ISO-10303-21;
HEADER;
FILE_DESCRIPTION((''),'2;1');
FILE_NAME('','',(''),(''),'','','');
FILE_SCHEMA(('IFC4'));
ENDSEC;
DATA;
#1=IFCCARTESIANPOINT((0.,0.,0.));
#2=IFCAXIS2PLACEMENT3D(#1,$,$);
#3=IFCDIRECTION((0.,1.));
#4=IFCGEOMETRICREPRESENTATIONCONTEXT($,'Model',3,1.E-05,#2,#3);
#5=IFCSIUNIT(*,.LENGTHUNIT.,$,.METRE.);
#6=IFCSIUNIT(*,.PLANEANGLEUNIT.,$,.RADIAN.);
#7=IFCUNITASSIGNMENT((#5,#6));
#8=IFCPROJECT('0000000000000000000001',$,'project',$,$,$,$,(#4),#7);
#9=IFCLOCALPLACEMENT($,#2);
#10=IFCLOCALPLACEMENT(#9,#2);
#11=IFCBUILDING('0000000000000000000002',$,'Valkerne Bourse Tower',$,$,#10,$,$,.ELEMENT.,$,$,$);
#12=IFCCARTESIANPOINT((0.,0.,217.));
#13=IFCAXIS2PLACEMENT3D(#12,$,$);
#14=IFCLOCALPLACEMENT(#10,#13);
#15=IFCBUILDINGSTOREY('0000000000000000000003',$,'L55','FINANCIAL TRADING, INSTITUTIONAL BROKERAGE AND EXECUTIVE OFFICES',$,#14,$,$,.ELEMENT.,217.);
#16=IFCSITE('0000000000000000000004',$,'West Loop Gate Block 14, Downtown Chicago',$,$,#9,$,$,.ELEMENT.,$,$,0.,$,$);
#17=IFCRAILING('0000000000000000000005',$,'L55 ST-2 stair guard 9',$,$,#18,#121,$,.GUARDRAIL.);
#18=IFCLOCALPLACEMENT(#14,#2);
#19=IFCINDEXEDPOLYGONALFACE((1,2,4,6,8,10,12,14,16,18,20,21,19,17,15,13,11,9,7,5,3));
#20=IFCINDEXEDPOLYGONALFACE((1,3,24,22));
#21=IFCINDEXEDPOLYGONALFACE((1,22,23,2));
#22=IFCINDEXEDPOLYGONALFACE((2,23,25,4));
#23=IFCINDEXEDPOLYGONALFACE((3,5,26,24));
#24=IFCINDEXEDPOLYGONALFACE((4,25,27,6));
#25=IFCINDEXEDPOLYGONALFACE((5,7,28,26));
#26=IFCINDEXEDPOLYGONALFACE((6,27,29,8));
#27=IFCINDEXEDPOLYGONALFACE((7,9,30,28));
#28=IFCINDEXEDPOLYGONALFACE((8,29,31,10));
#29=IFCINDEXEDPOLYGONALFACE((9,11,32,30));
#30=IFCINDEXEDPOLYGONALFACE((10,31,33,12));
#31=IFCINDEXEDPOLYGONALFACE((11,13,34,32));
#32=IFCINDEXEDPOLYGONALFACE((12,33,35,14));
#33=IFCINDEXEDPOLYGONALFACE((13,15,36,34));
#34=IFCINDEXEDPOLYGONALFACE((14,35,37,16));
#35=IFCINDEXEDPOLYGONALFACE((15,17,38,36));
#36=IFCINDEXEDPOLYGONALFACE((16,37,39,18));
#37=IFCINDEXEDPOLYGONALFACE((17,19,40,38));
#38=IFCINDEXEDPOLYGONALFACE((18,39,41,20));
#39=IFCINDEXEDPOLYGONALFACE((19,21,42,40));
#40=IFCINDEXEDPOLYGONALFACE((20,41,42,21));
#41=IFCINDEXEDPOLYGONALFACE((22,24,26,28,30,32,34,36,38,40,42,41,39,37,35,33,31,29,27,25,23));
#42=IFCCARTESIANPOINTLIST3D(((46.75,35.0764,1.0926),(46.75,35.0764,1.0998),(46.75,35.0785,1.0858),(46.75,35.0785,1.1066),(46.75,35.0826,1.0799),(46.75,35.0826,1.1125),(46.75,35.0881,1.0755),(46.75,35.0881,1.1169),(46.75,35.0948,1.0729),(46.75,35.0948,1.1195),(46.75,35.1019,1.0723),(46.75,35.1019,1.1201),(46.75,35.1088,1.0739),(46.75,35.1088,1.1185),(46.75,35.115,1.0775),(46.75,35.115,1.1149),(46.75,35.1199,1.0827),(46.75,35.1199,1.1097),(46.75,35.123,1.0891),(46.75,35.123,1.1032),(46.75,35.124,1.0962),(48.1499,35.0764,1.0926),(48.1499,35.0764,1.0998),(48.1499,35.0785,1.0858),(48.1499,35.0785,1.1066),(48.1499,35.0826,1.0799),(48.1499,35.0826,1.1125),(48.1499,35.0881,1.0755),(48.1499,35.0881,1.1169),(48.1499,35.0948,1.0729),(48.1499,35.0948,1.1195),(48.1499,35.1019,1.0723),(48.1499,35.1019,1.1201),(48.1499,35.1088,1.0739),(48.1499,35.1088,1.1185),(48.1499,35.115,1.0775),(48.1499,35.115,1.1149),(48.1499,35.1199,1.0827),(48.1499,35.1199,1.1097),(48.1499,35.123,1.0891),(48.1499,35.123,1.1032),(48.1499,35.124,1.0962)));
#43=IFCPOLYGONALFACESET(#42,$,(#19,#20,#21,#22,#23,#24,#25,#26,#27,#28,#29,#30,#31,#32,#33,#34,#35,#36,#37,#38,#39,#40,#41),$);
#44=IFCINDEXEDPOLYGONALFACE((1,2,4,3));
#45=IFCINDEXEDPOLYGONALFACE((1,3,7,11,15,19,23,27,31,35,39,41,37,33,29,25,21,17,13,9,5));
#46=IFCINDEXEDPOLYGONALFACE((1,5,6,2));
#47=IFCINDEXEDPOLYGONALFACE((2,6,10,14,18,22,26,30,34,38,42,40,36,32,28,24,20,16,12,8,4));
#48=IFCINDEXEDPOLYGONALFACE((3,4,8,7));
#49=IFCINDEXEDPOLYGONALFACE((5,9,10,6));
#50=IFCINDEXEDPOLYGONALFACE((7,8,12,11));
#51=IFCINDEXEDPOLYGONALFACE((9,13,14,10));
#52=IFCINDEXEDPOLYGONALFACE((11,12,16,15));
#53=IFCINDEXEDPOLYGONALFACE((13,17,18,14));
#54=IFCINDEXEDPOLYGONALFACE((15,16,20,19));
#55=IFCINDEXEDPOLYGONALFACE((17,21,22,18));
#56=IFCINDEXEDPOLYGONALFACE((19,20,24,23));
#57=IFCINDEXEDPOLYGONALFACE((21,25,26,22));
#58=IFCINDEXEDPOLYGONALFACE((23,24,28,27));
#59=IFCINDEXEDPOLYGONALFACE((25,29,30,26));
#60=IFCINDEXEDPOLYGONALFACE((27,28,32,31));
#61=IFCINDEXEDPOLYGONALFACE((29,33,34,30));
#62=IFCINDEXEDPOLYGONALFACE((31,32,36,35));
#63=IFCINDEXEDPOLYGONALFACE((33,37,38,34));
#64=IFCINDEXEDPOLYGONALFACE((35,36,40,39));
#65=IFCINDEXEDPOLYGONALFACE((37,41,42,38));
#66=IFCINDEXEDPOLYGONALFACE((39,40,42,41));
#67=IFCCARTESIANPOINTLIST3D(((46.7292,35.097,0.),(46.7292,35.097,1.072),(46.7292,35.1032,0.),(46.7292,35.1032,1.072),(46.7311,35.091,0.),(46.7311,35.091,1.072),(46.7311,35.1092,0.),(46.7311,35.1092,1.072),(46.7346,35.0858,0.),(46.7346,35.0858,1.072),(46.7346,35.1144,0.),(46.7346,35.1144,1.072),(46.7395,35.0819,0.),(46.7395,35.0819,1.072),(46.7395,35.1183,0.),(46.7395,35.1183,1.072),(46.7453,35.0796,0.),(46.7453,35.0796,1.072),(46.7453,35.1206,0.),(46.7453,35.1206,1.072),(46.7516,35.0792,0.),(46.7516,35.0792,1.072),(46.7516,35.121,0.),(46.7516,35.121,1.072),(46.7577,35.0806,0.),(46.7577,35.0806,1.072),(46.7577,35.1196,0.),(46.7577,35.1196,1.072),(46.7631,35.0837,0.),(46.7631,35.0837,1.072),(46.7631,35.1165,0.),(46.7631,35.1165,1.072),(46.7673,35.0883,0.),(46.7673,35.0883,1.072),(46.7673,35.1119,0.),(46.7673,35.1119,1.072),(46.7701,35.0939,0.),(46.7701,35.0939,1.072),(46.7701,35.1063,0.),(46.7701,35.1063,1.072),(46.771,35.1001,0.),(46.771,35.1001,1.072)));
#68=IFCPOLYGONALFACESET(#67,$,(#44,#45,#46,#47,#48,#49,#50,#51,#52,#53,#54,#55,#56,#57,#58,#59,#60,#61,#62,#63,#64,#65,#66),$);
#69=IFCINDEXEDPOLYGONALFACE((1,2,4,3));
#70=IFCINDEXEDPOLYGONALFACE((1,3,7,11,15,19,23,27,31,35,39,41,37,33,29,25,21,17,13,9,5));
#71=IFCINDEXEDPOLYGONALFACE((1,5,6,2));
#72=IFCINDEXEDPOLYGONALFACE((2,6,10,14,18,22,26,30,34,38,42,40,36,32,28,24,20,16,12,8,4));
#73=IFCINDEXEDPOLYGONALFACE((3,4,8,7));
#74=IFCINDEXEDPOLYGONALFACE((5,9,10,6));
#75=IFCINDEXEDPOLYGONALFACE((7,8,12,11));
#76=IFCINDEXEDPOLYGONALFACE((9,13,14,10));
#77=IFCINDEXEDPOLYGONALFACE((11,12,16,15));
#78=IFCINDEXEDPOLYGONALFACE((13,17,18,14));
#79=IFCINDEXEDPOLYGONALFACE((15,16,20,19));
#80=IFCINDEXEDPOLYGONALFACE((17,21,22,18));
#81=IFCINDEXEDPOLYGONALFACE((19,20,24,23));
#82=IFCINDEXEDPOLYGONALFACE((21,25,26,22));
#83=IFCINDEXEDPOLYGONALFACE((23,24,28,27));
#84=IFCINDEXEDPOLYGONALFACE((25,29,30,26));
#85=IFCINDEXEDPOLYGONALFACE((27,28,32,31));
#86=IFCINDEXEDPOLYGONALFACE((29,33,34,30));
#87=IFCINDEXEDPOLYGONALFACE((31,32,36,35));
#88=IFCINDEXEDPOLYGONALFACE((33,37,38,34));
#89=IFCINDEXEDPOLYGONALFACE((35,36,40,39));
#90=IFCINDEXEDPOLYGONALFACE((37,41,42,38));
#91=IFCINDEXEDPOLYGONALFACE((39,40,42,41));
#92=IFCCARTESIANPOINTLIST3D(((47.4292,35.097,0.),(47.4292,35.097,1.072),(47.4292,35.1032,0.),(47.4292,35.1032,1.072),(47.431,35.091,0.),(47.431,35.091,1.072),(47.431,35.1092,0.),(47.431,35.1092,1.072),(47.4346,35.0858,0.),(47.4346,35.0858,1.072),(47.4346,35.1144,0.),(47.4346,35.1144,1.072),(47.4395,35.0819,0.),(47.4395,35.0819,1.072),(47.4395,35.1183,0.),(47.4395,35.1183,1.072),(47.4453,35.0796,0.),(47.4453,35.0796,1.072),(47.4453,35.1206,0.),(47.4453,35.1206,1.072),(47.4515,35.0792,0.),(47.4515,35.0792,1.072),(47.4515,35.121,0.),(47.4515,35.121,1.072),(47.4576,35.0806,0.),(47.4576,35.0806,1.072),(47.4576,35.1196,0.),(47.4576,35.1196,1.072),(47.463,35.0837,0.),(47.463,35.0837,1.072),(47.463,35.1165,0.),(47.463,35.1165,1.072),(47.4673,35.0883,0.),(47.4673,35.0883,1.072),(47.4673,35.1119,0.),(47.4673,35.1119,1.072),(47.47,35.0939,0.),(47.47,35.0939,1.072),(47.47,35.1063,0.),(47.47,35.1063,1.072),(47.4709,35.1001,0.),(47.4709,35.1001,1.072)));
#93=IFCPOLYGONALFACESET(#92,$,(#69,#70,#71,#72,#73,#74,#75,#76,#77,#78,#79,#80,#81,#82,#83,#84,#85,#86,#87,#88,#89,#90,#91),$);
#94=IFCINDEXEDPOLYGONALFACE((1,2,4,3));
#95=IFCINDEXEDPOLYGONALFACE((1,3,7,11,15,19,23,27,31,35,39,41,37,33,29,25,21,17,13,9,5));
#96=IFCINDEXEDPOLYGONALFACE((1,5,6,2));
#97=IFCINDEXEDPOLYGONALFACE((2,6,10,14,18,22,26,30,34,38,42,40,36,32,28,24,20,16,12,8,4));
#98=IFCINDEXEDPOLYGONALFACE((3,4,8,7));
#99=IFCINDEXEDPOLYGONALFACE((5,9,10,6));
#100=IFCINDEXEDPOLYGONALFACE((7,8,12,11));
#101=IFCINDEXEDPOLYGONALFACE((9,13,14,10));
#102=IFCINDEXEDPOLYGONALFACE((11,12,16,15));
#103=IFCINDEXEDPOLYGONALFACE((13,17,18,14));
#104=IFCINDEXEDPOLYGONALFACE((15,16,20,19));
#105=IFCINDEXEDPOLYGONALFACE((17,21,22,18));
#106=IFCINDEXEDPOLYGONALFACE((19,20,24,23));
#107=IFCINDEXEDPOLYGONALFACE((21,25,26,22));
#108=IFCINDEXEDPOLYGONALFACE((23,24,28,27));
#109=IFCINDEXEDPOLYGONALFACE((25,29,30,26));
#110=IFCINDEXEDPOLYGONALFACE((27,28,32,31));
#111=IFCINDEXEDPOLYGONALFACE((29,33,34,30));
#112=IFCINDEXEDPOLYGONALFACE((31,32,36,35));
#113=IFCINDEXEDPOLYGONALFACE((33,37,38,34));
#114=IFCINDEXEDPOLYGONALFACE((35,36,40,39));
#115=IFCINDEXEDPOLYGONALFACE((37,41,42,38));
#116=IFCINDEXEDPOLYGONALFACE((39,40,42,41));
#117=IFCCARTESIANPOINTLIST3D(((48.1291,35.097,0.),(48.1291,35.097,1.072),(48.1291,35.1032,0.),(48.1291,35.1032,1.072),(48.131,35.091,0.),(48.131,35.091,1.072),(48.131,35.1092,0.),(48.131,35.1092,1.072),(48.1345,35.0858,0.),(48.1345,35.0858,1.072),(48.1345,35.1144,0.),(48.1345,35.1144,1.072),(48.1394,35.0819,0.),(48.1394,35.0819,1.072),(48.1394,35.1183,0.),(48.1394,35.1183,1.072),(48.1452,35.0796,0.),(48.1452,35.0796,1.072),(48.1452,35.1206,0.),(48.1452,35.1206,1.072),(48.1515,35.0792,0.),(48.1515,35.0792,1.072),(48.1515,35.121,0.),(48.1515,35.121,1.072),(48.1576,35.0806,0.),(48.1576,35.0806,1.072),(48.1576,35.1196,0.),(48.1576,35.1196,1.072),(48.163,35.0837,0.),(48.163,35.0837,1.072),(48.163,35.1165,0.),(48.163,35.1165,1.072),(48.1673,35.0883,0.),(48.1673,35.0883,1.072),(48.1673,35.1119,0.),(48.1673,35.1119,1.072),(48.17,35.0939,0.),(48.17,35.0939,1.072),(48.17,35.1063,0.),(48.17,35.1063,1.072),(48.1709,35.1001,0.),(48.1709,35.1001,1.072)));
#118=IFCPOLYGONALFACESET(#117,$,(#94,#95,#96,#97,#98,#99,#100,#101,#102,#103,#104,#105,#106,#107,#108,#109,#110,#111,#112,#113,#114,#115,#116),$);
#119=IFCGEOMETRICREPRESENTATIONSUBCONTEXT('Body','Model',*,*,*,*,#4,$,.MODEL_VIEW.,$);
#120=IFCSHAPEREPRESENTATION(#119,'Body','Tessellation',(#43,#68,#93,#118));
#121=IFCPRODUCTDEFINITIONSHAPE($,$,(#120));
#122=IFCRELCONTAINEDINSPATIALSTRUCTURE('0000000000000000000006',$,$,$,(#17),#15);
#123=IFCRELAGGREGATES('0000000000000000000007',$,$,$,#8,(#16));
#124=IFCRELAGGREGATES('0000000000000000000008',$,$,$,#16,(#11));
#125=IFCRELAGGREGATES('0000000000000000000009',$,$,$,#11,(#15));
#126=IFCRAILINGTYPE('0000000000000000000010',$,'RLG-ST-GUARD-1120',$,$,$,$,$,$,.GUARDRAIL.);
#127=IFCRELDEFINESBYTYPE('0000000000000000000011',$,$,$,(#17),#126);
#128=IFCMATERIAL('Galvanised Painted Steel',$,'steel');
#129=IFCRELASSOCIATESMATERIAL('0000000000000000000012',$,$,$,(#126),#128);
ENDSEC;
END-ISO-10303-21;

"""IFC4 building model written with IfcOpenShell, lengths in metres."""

from ifc_helpers import new_model, si_unit, direction, frame, origin, origin_2d, place, context, subcontext, project, spatial, circle, extrude, material, type_object, element, save


model = new_model("IFC4")

# Units and contexts
model_context = context("Model", 3, precision=1e-05, world=origin(), true_north=direction((0.0, 1.0)))
body_context = subcontext(model_context, "Body", "Model", "MODEL_VIEW")
ifc_project = project(units=[si_unit("LENGTHUNIT", "METRE"), si_unit("PLANEANGLEUNIT", "RADIAN")], contexts=[model_context])

# Site, building, storey
site_placement = place(None, origin())
site = spatial("IfcSite", under=ifc_project, at=site_placement, Name="West Loop Gate Block 14, Downtown Chicago", CompositionType="ELEMENT", RefElevation=0.0)
building_placement = place(site_placement, origin())
building = spatial("IfcBuilding", under=site, at=building_placement, Name="Valkerne Bourse Tower", CompositionType="ELEMENT")
storey_placement = place(building_placement, frame((0.0, 0.0, 217.0)))
storey = spatial("IfcBuildingStorey", under=building, at=storey_placement, Name="L55", Description="FINANCIAL TRADING, INSTITUTIONAL BROKERAGE AND EXECUTIVE OFFICES", CompositionType="ELEMENT", Elevation=217.0)

# Shared definitions
ifc_material_1 = material(Name="Galvanised Painted Steel", Category="steel")

# Railing
railing_type_1 = type_object("IfcRailingType", Name="RLG-ST-GUARD-1120", PredefinedType="GUARDRAIL", material=ifc_material_1)
for number, where, name in (
    (1, (46.75, 35.1001, 0.0), "L55 ST-2 stair guard 9"),
):
    element("IfcRailing", number, at=place(storey_placement, frame(where)), inside=storey, type_object=railing_type_1, Name=name, PredefinedType="GUARDRAIL", context=body_context, shape_type="SweptSolid", body=[
        extrude(circle(Radius=0.0239, at=origin_2d()), frame((0.0, 0.0, 1.0962), z_axis=(1.0, 0.0, 0.0), x_axis=(0.0, 1.0, 0.0)), (0.0, 0.0, 1.0), 1.3999),
        extrude(circle(Radius=0.021, at=origin_2d()), origin(), (0.0, 0.0, 1.0), 1.072),
        extrude(circle(Radius=0.021, at=origin_2d()), frame((0.7, 0.0, 0.0)), (0.0, 0.0, 1.0), 1.072),
        extrude(circle(Radius=0.021, at=origin_2d()), frame((1.3999, 0.0, 0.0)), (0.0, 0.0, 1.0), 1.072),
    ])

save(model, "model.ifc")
